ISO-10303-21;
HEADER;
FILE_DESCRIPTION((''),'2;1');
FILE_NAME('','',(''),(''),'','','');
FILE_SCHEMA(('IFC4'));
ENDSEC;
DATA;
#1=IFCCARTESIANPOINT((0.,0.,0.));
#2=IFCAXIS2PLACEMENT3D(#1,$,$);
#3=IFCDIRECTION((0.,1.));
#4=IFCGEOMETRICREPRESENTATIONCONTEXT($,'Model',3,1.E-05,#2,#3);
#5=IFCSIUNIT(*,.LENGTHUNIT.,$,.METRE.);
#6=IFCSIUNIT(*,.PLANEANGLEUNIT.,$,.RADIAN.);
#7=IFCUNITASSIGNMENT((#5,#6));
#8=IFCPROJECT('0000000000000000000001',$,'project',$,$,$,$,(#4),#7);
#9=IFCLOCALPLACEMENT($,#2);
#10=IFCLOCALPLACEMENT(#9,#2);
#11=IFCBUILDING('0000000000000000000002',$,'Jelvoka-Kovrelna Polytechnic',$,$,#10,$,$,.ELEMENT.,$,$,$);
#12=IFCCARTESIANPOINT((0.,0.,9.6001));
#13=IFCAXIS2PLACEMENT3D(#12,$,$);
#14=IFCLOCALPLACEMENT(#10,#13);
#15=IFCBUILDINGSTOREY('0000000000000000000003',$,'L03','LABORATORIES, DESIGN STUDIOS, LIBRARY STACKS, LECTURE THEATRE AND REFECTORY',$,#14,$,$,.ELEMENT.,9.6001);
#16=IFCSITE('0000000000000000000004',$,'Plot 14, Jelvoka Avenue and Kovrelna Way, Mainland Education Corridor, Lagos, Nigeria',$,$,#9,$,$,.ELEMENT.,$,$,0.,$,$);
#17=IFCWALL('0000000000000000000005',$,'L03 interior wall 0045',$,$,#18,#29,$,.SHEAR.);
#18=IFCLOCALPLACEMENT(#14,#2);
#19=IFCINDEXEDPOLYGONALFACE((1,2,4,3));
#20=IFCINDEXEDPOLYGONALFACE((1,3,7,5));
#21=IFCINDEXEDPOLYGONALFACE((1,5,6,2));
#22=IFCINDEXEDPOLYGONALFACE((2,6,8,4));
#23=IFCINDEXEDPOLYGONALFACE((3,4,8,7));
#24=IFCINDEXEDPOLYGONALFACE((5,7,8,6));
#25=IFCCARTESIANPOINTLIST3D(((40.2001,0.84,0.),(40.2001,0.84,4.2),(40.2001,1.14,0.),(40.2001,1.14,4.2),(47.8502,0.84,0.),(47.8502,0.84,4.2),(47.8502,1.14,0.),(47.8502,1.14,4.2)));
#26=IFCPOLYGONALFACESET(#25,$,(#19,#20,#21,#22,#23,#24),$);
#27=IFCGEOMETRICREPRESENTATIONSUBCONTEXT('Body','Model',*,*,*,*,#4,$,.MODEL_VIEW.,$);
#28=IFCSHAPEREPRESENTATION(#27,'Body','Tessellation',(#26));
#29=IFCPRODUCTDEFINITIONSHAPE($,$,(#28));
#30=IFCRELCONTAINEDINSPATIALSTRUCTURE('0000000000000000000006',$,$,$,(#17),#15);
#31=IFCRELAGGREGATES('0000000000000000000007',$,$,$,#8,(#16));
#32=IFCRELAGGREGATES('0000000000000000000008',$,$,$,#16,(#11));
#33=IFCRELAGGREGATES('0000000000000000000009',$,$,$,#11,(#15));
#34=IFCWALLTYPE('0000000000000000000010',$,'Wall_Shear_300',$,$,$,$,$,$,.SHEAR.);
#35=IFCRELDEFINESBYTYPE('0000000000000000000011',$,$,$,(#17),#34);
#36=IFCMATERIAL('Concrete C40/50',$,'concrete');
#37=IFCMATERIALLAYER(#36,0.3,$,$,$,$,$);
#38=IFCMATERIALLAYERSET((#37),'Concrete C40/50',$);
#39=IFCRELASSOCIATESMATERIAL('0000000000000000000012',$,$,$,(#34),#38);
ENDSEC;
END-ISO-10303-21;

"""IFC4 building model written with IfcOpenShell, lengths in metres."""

from ifc_helpers import new_model, si_unit, direction, frame, frame_2d, origin, place, context, subcontext, project, spatial, rectangle, extrude, material, layer, layer_set, type_object, element, save


model = new_model("IFC4")

# Units and contexts
model_context = context("Model", 3, precision=1e-05, world=origin(), true_north=direction((0.0, 1.0)))
body_context = subcontext(model_context, "Body", "Model", "MODEL_VIEW")
ifc_project = project(units=[si_unit("LENGTHUNIT", "METRE"), si_unit("PLANEANGLEUNIT", "RADIAN")], contexts=[model_context])

# Site, building, storey
site_placement = place(None, origin())
site = spatial("IfcSite", under=ifc_project, at=site_placement, Name="Plot 14, Jelvoka Avenue and Kovrelna Way, Mainland Education Corridor, Lagos, Nigeria", CompositionType="ELEMENT", RefElevation=0.0)
building_placement = place(site_placement, origin())
building = spatial("IfcBuilding", under=site, at=building_placement, Name="Jelvoka-Kovrelna Polytechnic", CompositionType="ELEMENT")
storey_placement = place(building_placement, frame((0.0, 0.0, 9.6001)))
storey = spatial("IfcBuildingStorey", under=building, at=storey_placement, Name="L03", Description="LABORATORIES, DESIGN STUDIOS, LIBRARY STACKS, LECTURE THEATRE AND REFECTORY", CompositionType="ELEMENT", Elevation=9.6001)

# Wall
ifc_material_1 = material(Name="Concrete C40/50", Category="concrete")
ifc_layer_1 = layer(ifc_material_1, 0.3)
ifc_layer_set_1 = layer_set([ifc_layer_1], Name="Concrete C40/50")
wall_type = type_object("IfcWallType", Name="Wall_Shear_300", PredefinedType="SHEAR", material=ifc_layer_set_1)
wall_placement = place(storey_placement, frame((40.2, 0.99, 0.0), z_axis=(0.0, 0.0, 1.0), x_axis=(1.0, 0.0, 0.0)))
element("IfcWall", 1, at=wall_placement, inside=storey, type_object=wall_type, Name="L03 interior wall 0045", PredefinedType="SHEAR", context=body_context, shape_type="SweptSolid", body=[
    extrude(rectangle(XDim=7.6501, YDim=0.3, at=frame_2d((3.8252, 0.0))), origin(), (0.0, 0.0, 1.0), 4.2),
])

save(model, "model.ifc")
